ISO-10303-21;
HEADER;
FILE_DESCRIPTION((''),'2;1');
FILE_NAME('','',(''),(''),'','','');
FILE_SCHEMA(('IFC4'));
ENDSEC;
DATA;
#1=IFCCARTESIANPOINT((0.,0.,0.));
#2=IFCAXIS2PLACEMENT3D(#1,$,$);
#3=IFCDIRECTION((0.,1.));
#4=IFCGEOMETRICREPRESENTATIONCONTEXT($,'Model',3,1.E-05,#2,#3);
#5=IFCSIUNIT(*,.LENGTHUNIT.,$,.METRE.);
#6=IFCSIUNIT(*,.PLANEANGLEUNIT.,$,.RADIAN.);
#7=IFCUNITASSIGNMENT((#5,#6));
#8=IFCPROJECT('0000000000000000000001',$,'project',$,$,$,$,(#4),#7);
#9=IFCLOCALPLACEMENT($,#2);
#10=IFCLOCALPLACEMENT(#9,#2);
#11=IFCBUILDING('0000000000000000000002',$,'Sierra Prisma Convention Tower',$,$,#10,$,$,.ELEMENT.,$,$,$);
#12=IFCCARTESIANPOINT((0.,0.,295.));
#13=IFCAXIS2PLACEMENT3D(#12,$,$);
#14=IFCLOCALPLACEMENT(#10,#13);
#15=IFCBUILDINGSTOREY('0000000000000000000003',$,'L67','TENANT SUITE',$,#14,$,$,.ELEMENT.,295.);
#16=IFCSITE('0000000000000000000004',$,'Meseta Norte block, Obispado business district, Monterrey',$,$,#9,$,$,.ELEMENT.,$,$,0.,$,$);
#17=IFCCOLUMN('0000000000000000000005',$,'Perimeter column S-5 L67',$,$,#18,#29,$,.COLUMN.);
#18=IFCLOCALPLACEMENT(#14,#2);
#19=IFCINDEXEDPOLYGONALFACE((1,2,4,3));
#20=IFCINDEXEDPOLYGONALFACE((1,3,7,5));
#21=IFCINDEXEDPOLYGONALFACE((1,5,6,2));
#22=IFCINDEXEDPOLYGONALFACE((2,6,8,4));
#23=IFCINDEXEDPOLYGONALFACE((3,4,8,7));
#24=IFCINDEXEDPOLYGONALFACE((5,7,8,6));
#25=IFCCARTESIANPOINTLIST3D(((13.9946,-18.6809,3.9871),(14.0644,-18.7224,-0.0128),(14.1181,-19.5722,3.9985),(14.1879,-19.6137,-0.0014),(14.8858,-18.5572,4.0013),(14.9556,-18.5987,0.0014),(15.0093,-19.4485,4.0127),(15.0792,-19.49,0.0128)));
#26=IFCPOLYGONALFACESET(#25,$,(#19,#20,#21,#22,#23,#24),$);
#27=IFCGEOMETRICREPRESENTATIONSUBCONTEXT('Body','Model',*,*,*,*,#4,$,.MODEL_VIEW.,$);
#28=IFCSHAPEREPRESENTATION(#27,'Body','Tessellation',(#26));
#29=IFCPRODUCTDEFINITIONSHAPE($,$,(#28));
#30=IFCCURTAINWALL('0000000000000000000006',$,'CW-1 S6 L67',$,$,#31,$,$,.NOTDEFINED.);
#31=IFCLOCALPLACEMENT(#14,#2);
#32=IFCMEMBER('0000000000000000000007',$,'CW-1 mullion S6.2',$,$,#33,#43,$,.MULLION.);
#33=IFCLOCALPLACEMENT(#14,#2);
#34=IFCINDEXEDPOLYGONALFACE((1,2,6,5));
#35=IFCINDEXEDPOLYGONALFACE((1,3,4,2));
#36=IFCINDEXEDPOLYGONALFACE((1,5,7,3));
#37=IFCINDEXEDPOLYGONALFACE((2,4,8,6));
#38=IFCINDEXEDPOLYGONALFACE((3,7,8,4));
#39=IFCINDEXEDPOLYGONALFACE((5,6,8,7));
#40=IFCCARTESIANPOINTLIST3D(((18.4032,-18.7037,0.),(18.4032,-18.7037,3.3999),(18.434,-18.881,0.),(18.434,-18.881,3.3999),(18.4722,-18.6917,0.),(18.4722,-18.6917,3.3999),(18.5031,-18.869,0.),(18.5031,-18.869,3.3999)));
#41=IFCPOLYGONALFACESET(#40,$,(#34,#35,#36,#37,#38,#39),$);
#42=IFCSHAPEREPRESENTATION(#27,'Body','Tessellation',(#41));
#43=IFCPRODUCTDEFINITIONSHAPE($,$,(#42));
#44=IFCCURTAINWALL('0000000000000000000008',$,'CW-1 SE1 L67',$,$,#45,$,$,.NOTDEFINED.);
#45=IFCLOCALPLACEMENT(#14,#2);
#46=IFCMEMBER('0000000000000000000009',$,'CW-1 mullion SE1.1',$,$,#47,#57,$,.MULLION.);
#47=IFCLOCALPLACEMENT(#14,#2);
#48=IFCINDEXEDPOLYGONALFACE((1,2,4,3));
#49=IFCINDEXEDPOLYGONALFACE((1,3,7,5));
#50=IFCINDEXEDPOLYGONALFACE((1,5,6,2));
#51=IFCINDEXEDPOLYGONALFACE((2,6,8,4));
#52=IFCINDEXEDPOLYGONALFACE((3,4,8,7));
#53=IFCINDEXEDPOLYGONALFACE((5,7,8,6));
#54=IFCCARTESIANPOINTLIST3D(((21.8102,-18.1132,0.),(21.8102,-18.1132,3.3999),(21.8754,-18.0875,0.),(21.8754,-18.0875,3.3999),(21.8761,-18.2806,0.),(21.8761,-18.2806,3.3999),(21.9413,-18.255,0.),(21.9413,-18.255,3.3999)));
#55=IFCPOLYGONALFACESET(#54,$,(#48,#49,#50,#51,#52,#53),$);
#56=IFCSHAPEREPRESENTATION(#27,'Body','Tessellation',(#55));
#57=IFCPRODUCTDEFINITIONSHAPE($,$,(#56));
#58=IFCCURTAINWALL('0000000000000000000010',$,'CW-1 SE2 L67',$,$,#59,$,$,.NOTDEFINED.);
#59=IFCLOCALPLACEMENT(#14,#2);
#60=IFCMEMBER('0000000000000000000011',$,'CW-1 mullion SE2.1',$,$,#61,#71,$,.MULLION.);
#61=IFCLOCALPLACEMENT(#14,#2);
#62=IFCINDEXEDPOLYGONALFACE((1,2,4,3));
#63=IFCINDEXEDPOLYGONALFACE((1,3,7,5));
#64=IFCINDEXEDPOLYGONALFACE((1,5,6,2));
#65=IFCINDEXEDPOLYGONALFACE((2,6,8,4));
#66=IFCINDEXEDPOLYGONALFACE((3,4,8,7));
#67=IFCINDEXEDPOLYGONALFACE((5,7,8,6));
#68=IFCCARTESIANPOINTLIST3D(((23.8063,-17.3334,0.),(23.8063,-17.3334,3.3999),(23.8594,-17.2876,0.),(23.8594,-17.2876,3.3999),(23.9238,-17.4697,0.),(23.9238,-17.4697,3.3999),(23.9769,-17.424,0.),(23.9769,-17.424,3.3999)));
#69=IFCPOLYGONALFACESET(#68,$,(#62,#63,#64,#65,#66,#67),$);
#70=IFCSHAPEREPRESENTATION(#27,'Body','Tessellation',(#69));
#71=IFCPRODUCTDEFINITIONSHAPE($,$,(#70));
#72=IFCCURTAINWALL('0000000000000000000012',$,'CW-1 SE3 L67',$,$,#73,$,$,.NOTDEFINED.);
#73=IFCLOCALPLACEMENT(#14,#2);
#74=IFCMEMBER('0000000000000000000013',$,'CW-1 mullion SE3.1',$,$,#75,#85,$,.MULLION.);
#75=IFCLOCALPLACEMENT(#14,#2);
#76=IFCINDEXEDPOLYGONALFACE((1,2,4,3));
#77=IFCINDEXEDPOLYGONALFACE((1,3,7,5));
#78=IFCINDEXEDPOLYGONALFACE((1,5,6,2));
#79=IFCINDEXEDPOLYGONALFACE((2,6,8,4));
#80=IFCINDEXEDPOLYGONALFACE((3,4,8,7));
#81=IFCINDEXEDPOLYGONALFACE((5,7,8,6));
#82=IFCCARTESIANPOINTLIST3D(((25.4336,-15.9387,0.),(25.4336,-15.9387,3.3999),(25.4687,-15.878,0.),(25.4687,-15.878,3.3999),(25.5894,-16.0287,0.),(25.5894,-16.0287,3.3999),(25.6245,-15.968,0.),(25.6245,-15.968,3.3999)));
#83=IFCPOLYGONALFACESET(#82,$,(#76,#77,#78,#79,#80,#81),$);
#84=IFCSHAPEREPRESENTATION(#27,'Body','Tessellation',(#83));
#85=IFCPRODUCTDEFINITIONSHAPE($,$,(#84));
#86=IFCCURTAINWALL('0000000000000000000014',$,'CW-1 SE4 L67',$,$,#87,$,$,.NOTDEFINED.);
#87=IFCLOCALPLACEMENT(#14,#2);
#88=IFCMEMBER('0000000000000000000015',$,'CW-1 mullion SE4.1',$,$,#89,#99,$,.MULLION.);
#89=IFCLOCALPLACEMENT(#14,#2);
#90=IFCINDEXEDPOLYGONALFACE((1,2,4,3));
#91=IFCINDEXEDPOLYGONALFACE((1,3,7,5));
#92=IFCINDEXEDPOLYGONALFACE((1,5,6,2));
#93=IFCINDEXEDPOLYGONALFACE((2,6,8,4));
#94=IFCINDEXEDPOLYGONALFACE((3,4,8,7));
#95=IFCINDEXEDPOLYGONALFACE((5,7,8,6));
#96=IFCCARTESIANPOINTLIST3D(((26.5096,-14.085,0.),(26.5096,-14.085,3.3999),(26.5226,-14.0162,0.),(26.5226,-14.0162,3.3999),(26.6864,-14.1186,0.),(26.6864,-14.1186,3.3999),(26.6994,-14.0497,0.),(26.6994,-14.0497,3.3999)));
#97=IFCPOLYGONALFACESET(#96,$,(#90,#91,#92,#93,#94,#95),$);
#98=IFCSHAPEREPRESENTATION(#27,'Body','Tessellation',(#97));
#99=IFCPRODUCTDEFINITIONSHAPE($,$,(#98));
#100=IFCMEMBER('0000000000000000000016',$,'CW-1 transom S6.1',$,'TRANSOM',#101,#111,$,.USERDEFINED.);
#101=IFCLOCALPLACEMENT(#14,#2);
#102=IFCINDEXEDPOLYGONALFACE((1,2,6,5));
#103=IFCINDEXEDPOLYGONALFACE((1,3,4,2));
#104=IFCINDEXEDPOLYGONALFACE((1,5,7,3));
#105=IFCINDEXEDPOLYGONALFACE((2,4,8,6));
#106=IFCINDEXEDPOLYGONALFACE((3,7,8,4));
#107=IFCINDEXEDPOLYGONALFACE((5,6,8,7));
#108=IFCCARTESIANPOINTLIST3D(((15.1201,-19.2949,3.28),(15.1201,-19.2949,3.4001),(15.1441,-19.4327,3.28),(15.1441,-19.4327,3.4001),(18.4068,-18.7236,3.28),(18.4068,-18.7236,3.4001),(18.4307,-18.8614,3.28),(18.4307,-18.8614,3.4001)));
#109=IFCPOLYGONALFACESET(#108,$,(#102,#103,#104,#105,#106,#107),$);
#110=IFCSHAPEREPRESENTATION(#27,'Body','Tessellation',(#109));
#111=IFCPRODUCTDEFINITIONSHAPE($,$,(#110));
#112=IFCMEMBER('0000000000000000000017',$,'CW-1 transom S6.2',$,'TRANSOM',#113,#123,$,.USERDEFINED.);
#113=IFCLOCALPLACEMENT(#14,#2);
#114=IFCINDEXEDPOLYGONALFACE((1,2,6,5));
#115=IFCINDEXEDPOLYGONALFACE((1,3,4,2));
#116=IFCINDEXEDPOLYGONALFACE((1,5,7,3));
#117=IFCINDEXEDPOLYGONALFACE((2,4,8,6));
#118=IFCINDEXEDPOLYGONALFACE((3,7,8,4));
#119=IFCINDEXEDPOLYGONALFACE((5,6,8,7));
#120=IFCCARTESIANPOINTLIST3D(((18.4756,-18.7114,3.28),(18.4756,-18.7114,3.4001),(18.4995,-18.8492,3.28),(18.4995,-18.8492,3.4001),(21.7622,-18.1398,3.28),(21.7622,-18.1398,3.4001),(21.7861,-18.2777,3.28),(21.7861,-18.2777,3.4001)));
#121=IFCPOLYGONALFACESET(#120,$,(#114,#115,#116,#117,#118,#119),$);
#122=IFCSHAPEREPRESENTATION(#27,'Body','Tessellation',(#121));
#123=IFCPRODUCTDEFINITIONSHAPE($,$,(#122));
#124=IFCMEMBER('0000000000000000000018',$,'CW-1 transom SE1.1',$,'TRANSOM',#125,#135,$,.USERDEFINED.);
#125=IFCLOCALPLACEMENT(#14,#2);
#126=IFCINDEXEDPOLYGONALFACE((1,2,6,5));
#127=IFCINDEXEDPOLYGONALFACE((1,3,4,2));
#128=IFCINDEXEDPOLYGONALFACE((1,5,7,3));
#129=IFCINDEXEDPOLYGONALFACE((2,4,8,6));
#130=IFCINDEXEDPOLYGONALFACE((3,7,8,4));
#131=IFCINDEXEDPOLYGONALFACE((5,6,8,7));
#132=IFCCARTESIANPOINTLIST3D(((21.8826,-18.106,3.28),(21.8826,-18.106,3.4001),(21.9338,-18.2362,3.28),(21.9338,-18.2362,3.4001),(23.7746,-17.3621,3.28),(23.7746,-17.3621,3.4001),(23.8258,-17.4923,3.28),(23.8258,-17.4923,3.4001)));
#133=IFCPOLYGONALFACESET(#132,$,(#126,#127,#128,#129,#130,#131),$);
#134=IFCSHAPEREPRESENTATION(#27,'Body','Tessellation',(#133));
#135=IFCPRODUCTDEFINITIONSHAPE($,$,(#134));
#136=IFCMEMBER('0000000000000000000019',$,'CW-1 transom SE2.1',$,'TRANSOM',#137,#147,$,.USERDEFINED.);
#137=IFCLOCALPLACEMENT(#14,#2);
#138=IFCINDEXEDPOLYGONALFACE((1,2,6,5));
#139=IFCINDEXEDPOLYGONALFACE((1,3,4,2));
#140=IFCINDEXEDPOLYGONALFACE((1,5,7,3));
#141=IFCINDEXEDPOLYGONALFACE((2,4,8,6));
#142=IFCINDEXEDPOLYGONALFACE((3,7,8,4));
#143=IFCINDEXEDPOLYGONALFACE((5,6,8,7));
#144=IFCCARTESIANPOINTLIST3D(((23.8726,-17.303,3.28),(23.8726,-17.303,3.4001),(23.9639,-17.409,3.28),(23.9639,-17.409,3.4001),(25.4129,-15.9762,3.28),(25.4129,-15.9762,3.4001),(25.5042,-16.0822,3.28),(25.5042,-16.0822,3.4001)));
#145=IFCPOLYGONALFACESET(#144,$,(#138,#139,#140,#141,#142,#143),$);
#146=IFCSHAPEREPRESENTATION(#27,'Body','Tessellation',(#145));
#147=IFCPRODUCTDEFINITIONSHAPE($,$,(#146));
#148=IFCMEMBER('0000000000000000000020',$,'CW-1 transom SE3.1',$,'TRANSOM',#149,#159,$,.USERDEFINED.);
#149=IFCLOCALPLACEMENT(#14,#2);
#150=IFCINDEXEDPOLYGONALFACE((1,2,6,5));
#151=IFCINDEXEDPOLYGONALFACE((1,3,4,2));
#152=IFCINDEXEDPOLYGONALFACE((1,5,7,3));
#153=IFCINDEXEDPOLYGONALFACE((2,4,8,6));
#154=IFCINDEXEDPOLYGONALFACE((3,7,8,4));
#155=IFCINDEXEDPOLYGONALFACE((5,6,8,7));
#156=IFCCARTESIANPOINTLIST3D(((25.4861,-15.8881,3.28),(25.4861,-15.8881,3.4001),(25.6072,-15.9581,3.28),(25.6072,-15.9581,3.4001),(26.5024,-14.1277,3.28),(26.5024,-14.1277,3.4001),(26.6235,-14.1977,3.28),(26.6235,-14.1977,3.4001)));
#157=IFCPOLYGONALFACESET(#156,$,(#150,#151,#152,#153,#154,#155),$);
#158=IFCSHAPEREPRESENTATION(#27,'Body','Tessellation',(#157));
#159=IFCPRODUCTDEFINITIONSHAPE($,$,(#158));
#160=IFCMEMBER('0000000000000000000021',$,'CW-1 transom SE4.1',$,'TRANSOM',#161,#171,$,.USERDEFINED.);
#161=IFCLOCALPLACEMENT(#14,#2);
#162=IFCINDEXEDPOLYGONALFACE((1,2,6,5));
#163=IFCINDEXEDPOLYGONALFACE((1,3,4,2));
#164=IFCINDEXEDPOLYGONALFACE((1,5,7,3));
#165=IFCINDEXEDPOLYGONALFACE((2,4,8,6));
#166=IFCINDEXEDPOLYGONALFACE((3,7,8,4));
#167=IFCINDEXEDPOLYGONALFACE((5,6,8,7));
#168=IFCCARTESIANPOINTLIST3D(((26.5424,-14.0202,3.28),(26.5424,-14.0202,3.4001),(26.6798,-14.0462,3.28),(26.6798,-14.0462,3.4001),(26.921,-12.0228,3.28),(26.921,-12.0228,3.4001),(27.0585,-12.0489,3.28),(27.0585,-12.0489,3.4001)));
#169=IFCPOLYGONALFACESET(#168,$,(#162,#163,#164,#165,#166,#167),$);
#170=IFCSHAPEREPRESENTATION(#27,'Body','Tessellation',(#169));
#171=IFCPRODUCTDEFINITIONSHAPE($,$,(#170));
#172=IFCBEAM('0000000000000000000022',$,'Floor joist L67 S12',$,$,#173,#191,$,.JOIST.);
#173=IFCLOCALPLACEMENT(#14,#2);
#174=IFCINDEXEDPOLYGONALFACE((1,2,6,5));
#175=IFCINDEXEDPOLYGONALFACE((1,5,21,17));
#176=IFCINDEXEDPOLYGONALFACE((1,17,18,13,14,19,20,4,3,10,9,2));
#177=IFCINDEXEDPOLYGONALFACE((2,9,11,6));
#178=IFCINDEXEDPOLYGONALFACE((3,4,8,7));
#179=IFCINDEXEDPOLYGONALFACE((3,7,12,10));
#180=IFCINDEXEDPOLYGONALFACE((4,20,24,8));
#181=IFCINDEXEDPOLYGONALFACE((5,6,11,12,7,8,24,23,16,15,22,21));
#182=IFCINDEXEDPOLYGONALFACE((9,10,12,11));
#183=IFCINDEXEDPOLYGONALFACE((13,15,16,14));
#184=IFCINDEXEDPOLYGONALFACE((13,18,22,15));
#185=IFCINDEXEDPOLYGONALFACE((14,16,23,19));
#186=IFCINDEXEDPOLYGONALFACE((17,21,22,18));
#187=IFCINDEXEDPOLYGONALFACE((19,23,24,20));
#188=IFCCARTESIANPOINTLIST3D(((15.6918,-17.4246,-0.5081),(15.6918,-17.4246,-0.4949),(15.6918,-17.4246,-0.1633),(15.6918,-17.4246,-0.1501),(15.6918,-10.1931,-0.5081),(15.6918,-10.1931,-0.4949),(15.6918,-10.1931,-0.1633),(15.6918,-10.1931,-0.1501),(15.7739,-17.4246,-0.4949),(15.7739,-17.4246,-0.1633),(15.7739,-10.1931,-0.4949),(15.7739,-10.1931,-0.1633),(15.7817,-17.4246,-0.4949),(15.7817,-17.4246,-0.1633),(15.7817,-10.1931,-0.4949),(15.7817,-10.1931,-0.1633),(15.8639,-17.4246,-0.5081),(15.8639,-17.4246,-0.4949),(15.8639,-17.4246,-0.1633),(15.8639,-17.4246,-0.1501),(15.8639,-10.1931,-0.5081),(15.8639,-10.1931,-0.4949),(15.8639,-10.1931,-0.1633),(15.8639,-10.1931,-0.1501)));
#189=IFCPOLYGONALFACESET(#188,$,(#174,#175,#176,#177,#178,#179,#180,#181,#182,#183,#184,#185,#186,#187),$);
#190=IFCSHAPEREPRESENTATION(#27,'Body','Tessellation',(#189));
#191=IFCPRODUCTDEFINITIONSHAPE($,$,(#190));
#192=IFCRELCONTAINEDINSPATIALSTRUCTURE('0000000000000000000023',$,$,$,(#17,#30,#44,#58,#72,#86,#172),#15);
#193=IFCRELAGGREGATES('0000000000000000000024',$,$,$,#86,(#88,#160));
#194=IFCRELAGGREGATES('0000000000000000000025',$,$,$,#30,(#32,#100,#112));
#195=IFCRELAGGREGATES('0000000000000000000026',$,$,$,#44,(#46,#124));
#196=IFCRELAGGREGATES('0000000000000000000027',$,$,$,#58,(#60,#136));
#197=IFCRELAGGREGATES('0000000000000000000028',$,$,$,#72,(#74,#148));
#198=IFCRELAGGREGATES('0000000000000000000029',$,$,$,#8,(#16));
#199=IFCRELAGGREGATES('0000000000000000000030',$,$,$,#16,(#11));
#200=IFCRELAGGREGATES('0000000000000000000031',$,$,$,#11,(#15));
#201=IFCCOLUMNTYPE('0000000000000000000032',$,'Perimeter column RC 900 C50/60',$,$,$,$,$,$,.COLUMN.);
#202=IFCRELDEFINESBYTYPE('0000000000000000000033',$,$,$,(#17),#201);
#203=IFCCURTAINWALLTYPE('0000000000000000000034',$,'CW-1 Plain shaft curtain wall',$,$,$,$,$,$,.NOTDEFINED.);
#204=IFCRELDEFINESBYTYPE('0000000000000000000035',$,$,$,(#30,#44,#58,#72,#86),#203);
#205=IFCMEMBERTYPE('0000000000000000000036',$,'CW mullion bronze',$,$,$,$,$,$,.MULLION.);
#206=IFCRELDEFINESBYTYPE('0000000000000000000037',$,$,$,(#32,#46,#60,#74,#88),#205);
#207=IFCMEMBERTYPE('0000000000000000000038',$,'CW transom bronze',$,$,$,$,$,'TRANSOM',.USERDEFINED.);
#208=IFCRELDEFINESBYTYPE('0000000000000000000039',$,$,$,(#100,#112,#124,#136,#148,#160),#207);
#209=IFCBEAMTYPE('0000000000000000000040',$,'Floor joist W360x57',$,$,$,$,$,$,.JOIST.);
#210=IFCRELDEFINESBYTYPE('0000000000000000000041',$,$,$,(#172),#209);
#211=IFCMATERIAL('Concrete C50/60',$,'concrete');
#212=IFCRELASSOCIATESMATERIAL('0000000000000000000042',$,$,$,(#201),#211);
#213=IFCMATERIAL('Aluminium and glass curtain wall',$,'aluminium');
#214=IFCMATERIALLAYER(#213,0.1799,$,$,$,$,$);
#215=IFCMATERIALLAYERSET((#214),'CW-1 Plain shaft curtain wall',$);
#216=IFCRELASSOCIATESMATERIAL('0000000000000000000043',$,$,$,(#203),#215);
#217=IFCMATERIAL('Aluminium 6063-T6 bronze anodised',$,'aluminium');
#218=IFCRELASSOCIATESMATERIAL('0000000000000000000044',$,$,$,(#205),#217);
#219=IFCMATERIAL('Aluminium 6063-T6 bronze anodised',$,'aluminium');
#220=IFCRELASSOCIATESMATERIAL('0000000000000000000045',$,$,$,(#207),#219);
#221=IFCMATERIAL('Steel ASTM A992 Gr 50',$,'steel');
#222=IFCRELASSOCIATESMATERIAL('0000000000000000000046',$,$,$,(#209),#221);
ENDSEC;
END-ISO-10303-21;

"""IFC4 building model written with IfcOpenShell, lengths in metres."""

from ifc_helpers import new_model, si_unit, direction, frame, origin, origin_2d, place, context, subcontext, project, spatial, rectangle, i_section, extrude, material, layer, layer_set, material_profile, profile_set, type_object, element, aggregate, save


model = new_model("IFC4")

# Units and contexts
model_context = context("Model", 3, precision=1e-05, world=origin(), true_north=direction((0.0, 1.0)))
body_context = subcontext(model_context, "Body", "Model", "MODEL_VIEW")
ifc_project = project(units=[si_unit("LENGTHUNIT", "METRE"), si_unit("PLANEANGLEUNIT", "RADIAN")], contexts=[model_context])

# Site, building, storey
site_placement = place(None, origin())
site = spatial("IfcSite", under=ifc_project, at=site_placement, Name="Meseta Norte block, Obispado business district, Monterrey", CompositionType="ELEMENT", RefElevation=0.0)
building_placement = place(site_placement, origin())
building = spatial("IfcBuilding", under=site, at=building_placement, Name="Sierra Prisma Convention Tower", CompositionType="ELEMENT")
storey_placement = place(building_placement, frame((0.0, 0.0, 295.0)))
storey = spatial("IfcBuildingStorey", under=building, at=storey_placement, Name="L67", Description="TENANT SUITE", CompositionType="ELEMENT", Elevation=295.0)

# Column
ifc_material_1 = material(Name="Concrete C50/60", Category="concrete")
ifc_material_profile_1 = material_profile(ifc_material_1, rectangle(XDim=0.8999, YDim=0.8999, at=origin_2d()), Name="Perimeter column RC 900 C50/60")
ifc_profile_set_1 = profile_set([ifc_material_profile_1], Name="Concrete C50/60")
column_type = type_object("IfcColumnType", Name="Perimeter column RC 900 C50/60", PredefinedType="COLUMN", material=ifc_profile_set_1)
column_placement = place(storey_placement, frame((14.5718, -19.1062, 0.0), z_axis=(-0.017452, 0.010374, 0.999794), x_axis=(0.990378, 0.137476, 0.015862)))
element("IfcColumn", 1, at=column_placement, inside=storey, type_object=column_type, Name="Perimeter column S-5 L67", PredefinedType="COLUMN", context=body_context, shape_type="SweptSolid", body=[
    extrude(rectangle(XDim=0.8999, YDim=0.8999, at=origin_2d()), origin(), (0.0, 0.0, 1.0), 4.0007),
])

# Curtain walls, members
ifc_material_2 = material(Name="Aluminium and glass curtain wall", Category="aluminium")
ifc_layer_1 = layer(ifc_material_2, 0.1799)
ifc_layer_set_1 = layer_set([ifc_layer_1], Name="CW-1 Plain shaft curtain wall")
curtain_wall_type = type_object("IfcCurtainWallType", Name="CW-1 Plain shaft curtain wall", PredefinedType="NOTDEFINED", material=ifc_layer_set_1)
curtain_wall_1_placement = place(storey_placement, origin())
curtain_wall_1 = element("IfcCurtainWall", 2, at=curtain_wall_1_placement, inside=storey, type_object=curtain_wall_type, Name="CW-1 S6 L67", PredefinedType="NOTDEFINED")
ifc_material_3 = material(Name="Aluminium 6063-T6 bronze anodised", Category="aluminium")
ifc_material_profile_2 = material_profile(ifc_material_3, rectangle(XDim=0.1799, YDim=0.0701, at=origin_2d()), Name="ALU MULLION 70x180")
ifc_profile_set_2 = profile_set([ifc_material_profile_2], Name="Aluminium 6063-T6 bronze anodised")
member_type_1 = type_object("IfcMemberType", Name="CW mullion bronze", PredefinedType="MULLION", material=ifc_profile_set_2)
member_1_placement = place(storey_placement, frame((18.4531, -18.7864, 0.0), z_axis=(0.0, 0.0, 1.0), x_axis=(-0.171326, 0.985214, 0.0)))
member_1 = element("IfcMember", 3, at=member_1_placement, type_object=member_type_1, Name="CW-1 mullion S6.2", PredefinedType="MULLION", context=body_context, shape_type="SweptSolid", body=[
    extrude(rectangle(XDim=0.1799, YDim=0.0701, at=origin_2d()), origin(), (0.0, 0.0, 1.0), 3.3999),
])
curtain_wall_2_placement = place(storey_placement, origin())
curtain_wall_2 = element("IfcCurtainWall", 4, at=curtain_wall_2_placement, inside=storey, type_object=curtain_wall_type, Name="CW-1 SE1 L67", PredefinedType="NOTDEFINED")
member_2_placement = place(storey_placement, frame((21.8757, -18.1841, 0.0), z_axis=(0.0, 0.0, 1.0), x_axis=(-0.366019, 0.930607, 0.0)))
member_2 = element("IfcMember", 5, at=member_2_placement, type_object=member_type_1, Name="CW-1 mullion SE1.1", PredefinedType="MULLION", context=body_context, shape_type="SweptSolid", body=[
    extrude(rectangle(XDim=0.1799, YDim=0.0701, at=origin_2d()), origin(), (0.0, 0.0, 1.0), 3.3999),
])
curtain_wall_3_placement = place(storey_placement, origin())
curtain_wall_3 = element("IfcCurtainWall", 6, at=curtain_wall_3_placement, inside=storey, type_object=curtain_wall_type, Name="CW-1 SE2 L67", PredefinedType="NOTDEFINED")
member_3_placement = place(storey_placement, frame((23.8916, -17.3787, 0.0), z_axis=(0.0, 0.0, 1.0), x_axis=(-0.652564, 0.757734, 0.0)))
member_3 = element("IfcMember", 7, at=member_3_placement, type_object=member_type_1, Name="CW-1 mullion SE2.1", PredefinedType="MULLION", context=body_context, shape_type="SweptSolid", body=[
    extrude(rectangle(XDim=0.1799, YDim=0.0701, at=origin_2d()), origin(), (0.0, 0.0, 1.0), 3.3999),
])
curtain_wall_4_placement = place(storey_placement, origin())
curtain_wall_4 = element("IfcCurtainWall", 8, at=curtain_wall_4_placement, inside=storey, type_object=curtain_wall_type, Name="CW-1 SE3 L67", PredefinedType="NOTDEFINED")
member_4_placement = place(storey_placement, frame((25.5291, -15.9534, 0.0), z_axis=(0.0, 0.0, 1.0), x_axis=(-0.866025, 0.5, 0.0)))
member_4 = element("IfcMember", 9, at=member_4_placement, type_object=member_type_1, Name="CW-1 mullion SE3.1", PredefinedType="MULLION", context=body_context, shape_type="SweptSolid", body=[
    extrude(rectangle(XDim=0.1799, YDim=0.0701, at=origin_2d()), origin(), (0.0, 0.0, 1.0), 3.3999),
])
curtain_wall_5_placement = place(storey_placement, origin())
curtain_wall_5 = element("IfcCurtainWall", 10, at=curtain_wall_5_placement, inside=storey, type_object=curtain_wall_type, Name="CW-1 SE4 L67", PredefinedType="NOTDEFINED")
member_5_placement = place(storey_placement, frame((26.6045, -14.0674, 0.0), z_axis=(0.0, 0.0, 1.0), x_axis=(-0.982499, 0.18627, 0.0)))
member_5 = element("IfcMember", 11, at=member_5_placement, type_object=member_type_1, Name="CW-1 mullion SE4.1", PredefinedType="MULLION", context=body_context, shape_type="SweptSolid", body=[
    extrude(rectangle(XDim=0.1799, YDim=0.0701, at=origin_2d()), origin(), (0.0, 0.0, 1.0), 3.3999),
])

# Members
ifc_material_4 = material(Name="Aluminium 6063-T6 bronze anodised", Category="aluminium")
ifc_material_profile_3 = material_profile(ifc_material_4, rectangle(XDim=0.1399, YDim=0.1201, at=origin_2d()), Name="ALU TRANSOM 120x140")
ifc_profile_set_3 = profile_set([ifc_material_profile_3], Name="Aluminium 6063-T6 bronze anodised")
member_type_2 = type_object("IfcMemberType", Name="CW transom bronze", ElementType="TRANSOM", PredefinedType="USERDEFINED", material=ifc_profile_set_3)
member_6_placement = place(storey_placement, frame((15.1321, -19.3638, 3.3401), z_axis=(0.985227, 0.171255, 0.0), x_axis=(-0.171255, 0.985227, 0.0)))
member_6 = element("IfcMember", 12, at=member_6_placement, type_object=member_type_2, Name="CW-1 transom S6.1", ObjectType="TRANSOM", PredefinedType="USERDEFINED", context=body_context, shape_type="SweptSolid", body=[
    extrude(rectangle(XDim=0.1399, YDim=0.1201, at=origin_2d()), origin(), (0.0, 0.0, 1.0), 3.3359),
])
member_7_placement = place(storey_placement, frame((18.4875, -18.7803, 3.3401), z_axis=(0.985214, 0.171326, 0.0), x_axis=(-0.171326, 0.985214, 0.0)))
member_7 = element("IfcMember", 13, at=member_7_placement, type_object=member_type_2, Name="CW-1 transom S6.2", ObjectType="TRANSOM", PredefinedType="USERDEFINED", context=body_context, shape_type="SweptSolid", body=[
    extrude(rectangle(XDim=0.1399, YDim=0.1201, at=origin_2d()), origin(), (0.0, 0.0, 1.0), 3.3359),
])
member_8_placement = place(storey_placement, frame((21.9082, -18.1711, 3.3401), z_axis=(0.930639, 0.365938, 0.0), x_axis=(-0.365938, 0.930639, 0.0)))
member_8 = element("IfcMember", 14, at=member_8_placement, type_object=member_type_2, Name="CW-1 transom SE1.1", ObjectType="TRANSOM", PredefinedType="USERDEFINED", context=body_context, shape_type="SweptSolid", body=[
    extrude(rectangle(XDim=0.1399, YDim=0.1201, at=origin_2d()), origin(), (0.0, 0.0, 1.0), 2.033),
])
member_9_placement = place(storey_placement, frame((23.9182, -17.356, 3.3401), z_axis=(0.757695, 0.652609, 0.0), x_axis=(-0.652609, 0.757695, 0.0)))
member_9 = element("IfcMember", 15, at=member_9_placement, type_object=member_type_2, Name="CW-1 transom SE2.1", ObjectType="TRANSOM", PredefinedType="USERDEFINED", context=body_context, shape_type="SweptSolid", body=[
    extrude(rectangle(XDim=0.1399, YDim=0.1201, at=origin_2d()), origin(), (0.0, 0.0, 1.0), 2.033),
])
member_10_placement = place(storey_placement, frame((25.5466, -15.9231, 3.3401), z_axis=(0.499975, 0.86604, 0.0), x_axis=(-0.86604, 0.499975, 0.0)))
member_10 = element("IfcMember", 16, at=member_10_placement, type_object=member_type_2, Name="CW-1 transom SE3.1", ObjectType="TRANSOM", PredefinedType="USERDEFINED", context=body_context, shape_type="SweptSolid", body=[
    extrude(rectangle(XDim=0.1399, YDim=0.1201, at=origin_2d()), origin(), (0.0, 0.0, 1.0), 2.0327),
])
member_11_placement = place(storey_placement, frame((26.6111, -14.0332, 3.3401), z_axis=(0.186268, 0.982499, 0.0), x_axis=(-0.982499, 0.186268, 0.0)))
member_11 = element("IfcMember", 17, at=member_11_placement, type_object=member_type_2, Name="CW-1 transom SE4.1", ObjectType="TRANSOM", PredefinedType="USERDEFINED", context=body_context, shape_type="SweptSolid", body=[
    extrude(rectangle(XDim=0.1399, YDim=0.1201, at=origin_2d()), origin(), (0.0, 0.0, 1.0), 2.033),
])
aggregate(curtain_wall_5, [member_5, member_11])

# Beam
ifc_material_5 = material(Name="Steel ASTM A992 Gr 50", Category="steel")
ifc_material_profile_4 = material_profile(ifc_material_5, i_section(OverallWidth=0.1721, OverallDepth=0.3579, WebThickness=0.0078, FlangeThickness=0.0132, at=origin_2d()), Name="W360x57")
ifc_profile_set_4 = profile_set([ifc_material_profile_4], Name="Steel ASTM A992 Gr 50")
beam_type_1 = type_object("IfcBeamType", Name="Floor joist W360x57", PredefinedType="JOIST", material=ifc_profile_set_4)
beam_1_placement = place(storey_placement, frame((15.7778, -17.4246, -0.3291), z_axis=(0.0, 1.0, 0.0), x_axis=(-1.0, 0.0, 0.0)))
element("IfcBeam", 18, at=beam_1_placement, inside=storey, type_object=beam_type_1, Name="Floor joist L67 S12", PredefinedType="JOIST", context=body_context, shape_type="SweptSolid", body=[
    extrude(i_section(OverallWidth=0.1721, OverallDepth=0.3579, WebThickness=0.0078, FlangeThickness=0.0132, at=origin_2d()), origin(), (0.0, 0.0, 1.0), 7.2314),
])

aggregate(curtain_wall_1, [member_1, member_6, member_7])
aggregate(curtain_wall_2, [member_2, member_8])
aggregate(curtain_wall_3, [member_3, member_9])
aggregate(curtain_wall_4, [member_4, member_10])

save(model, "model.ifc")
